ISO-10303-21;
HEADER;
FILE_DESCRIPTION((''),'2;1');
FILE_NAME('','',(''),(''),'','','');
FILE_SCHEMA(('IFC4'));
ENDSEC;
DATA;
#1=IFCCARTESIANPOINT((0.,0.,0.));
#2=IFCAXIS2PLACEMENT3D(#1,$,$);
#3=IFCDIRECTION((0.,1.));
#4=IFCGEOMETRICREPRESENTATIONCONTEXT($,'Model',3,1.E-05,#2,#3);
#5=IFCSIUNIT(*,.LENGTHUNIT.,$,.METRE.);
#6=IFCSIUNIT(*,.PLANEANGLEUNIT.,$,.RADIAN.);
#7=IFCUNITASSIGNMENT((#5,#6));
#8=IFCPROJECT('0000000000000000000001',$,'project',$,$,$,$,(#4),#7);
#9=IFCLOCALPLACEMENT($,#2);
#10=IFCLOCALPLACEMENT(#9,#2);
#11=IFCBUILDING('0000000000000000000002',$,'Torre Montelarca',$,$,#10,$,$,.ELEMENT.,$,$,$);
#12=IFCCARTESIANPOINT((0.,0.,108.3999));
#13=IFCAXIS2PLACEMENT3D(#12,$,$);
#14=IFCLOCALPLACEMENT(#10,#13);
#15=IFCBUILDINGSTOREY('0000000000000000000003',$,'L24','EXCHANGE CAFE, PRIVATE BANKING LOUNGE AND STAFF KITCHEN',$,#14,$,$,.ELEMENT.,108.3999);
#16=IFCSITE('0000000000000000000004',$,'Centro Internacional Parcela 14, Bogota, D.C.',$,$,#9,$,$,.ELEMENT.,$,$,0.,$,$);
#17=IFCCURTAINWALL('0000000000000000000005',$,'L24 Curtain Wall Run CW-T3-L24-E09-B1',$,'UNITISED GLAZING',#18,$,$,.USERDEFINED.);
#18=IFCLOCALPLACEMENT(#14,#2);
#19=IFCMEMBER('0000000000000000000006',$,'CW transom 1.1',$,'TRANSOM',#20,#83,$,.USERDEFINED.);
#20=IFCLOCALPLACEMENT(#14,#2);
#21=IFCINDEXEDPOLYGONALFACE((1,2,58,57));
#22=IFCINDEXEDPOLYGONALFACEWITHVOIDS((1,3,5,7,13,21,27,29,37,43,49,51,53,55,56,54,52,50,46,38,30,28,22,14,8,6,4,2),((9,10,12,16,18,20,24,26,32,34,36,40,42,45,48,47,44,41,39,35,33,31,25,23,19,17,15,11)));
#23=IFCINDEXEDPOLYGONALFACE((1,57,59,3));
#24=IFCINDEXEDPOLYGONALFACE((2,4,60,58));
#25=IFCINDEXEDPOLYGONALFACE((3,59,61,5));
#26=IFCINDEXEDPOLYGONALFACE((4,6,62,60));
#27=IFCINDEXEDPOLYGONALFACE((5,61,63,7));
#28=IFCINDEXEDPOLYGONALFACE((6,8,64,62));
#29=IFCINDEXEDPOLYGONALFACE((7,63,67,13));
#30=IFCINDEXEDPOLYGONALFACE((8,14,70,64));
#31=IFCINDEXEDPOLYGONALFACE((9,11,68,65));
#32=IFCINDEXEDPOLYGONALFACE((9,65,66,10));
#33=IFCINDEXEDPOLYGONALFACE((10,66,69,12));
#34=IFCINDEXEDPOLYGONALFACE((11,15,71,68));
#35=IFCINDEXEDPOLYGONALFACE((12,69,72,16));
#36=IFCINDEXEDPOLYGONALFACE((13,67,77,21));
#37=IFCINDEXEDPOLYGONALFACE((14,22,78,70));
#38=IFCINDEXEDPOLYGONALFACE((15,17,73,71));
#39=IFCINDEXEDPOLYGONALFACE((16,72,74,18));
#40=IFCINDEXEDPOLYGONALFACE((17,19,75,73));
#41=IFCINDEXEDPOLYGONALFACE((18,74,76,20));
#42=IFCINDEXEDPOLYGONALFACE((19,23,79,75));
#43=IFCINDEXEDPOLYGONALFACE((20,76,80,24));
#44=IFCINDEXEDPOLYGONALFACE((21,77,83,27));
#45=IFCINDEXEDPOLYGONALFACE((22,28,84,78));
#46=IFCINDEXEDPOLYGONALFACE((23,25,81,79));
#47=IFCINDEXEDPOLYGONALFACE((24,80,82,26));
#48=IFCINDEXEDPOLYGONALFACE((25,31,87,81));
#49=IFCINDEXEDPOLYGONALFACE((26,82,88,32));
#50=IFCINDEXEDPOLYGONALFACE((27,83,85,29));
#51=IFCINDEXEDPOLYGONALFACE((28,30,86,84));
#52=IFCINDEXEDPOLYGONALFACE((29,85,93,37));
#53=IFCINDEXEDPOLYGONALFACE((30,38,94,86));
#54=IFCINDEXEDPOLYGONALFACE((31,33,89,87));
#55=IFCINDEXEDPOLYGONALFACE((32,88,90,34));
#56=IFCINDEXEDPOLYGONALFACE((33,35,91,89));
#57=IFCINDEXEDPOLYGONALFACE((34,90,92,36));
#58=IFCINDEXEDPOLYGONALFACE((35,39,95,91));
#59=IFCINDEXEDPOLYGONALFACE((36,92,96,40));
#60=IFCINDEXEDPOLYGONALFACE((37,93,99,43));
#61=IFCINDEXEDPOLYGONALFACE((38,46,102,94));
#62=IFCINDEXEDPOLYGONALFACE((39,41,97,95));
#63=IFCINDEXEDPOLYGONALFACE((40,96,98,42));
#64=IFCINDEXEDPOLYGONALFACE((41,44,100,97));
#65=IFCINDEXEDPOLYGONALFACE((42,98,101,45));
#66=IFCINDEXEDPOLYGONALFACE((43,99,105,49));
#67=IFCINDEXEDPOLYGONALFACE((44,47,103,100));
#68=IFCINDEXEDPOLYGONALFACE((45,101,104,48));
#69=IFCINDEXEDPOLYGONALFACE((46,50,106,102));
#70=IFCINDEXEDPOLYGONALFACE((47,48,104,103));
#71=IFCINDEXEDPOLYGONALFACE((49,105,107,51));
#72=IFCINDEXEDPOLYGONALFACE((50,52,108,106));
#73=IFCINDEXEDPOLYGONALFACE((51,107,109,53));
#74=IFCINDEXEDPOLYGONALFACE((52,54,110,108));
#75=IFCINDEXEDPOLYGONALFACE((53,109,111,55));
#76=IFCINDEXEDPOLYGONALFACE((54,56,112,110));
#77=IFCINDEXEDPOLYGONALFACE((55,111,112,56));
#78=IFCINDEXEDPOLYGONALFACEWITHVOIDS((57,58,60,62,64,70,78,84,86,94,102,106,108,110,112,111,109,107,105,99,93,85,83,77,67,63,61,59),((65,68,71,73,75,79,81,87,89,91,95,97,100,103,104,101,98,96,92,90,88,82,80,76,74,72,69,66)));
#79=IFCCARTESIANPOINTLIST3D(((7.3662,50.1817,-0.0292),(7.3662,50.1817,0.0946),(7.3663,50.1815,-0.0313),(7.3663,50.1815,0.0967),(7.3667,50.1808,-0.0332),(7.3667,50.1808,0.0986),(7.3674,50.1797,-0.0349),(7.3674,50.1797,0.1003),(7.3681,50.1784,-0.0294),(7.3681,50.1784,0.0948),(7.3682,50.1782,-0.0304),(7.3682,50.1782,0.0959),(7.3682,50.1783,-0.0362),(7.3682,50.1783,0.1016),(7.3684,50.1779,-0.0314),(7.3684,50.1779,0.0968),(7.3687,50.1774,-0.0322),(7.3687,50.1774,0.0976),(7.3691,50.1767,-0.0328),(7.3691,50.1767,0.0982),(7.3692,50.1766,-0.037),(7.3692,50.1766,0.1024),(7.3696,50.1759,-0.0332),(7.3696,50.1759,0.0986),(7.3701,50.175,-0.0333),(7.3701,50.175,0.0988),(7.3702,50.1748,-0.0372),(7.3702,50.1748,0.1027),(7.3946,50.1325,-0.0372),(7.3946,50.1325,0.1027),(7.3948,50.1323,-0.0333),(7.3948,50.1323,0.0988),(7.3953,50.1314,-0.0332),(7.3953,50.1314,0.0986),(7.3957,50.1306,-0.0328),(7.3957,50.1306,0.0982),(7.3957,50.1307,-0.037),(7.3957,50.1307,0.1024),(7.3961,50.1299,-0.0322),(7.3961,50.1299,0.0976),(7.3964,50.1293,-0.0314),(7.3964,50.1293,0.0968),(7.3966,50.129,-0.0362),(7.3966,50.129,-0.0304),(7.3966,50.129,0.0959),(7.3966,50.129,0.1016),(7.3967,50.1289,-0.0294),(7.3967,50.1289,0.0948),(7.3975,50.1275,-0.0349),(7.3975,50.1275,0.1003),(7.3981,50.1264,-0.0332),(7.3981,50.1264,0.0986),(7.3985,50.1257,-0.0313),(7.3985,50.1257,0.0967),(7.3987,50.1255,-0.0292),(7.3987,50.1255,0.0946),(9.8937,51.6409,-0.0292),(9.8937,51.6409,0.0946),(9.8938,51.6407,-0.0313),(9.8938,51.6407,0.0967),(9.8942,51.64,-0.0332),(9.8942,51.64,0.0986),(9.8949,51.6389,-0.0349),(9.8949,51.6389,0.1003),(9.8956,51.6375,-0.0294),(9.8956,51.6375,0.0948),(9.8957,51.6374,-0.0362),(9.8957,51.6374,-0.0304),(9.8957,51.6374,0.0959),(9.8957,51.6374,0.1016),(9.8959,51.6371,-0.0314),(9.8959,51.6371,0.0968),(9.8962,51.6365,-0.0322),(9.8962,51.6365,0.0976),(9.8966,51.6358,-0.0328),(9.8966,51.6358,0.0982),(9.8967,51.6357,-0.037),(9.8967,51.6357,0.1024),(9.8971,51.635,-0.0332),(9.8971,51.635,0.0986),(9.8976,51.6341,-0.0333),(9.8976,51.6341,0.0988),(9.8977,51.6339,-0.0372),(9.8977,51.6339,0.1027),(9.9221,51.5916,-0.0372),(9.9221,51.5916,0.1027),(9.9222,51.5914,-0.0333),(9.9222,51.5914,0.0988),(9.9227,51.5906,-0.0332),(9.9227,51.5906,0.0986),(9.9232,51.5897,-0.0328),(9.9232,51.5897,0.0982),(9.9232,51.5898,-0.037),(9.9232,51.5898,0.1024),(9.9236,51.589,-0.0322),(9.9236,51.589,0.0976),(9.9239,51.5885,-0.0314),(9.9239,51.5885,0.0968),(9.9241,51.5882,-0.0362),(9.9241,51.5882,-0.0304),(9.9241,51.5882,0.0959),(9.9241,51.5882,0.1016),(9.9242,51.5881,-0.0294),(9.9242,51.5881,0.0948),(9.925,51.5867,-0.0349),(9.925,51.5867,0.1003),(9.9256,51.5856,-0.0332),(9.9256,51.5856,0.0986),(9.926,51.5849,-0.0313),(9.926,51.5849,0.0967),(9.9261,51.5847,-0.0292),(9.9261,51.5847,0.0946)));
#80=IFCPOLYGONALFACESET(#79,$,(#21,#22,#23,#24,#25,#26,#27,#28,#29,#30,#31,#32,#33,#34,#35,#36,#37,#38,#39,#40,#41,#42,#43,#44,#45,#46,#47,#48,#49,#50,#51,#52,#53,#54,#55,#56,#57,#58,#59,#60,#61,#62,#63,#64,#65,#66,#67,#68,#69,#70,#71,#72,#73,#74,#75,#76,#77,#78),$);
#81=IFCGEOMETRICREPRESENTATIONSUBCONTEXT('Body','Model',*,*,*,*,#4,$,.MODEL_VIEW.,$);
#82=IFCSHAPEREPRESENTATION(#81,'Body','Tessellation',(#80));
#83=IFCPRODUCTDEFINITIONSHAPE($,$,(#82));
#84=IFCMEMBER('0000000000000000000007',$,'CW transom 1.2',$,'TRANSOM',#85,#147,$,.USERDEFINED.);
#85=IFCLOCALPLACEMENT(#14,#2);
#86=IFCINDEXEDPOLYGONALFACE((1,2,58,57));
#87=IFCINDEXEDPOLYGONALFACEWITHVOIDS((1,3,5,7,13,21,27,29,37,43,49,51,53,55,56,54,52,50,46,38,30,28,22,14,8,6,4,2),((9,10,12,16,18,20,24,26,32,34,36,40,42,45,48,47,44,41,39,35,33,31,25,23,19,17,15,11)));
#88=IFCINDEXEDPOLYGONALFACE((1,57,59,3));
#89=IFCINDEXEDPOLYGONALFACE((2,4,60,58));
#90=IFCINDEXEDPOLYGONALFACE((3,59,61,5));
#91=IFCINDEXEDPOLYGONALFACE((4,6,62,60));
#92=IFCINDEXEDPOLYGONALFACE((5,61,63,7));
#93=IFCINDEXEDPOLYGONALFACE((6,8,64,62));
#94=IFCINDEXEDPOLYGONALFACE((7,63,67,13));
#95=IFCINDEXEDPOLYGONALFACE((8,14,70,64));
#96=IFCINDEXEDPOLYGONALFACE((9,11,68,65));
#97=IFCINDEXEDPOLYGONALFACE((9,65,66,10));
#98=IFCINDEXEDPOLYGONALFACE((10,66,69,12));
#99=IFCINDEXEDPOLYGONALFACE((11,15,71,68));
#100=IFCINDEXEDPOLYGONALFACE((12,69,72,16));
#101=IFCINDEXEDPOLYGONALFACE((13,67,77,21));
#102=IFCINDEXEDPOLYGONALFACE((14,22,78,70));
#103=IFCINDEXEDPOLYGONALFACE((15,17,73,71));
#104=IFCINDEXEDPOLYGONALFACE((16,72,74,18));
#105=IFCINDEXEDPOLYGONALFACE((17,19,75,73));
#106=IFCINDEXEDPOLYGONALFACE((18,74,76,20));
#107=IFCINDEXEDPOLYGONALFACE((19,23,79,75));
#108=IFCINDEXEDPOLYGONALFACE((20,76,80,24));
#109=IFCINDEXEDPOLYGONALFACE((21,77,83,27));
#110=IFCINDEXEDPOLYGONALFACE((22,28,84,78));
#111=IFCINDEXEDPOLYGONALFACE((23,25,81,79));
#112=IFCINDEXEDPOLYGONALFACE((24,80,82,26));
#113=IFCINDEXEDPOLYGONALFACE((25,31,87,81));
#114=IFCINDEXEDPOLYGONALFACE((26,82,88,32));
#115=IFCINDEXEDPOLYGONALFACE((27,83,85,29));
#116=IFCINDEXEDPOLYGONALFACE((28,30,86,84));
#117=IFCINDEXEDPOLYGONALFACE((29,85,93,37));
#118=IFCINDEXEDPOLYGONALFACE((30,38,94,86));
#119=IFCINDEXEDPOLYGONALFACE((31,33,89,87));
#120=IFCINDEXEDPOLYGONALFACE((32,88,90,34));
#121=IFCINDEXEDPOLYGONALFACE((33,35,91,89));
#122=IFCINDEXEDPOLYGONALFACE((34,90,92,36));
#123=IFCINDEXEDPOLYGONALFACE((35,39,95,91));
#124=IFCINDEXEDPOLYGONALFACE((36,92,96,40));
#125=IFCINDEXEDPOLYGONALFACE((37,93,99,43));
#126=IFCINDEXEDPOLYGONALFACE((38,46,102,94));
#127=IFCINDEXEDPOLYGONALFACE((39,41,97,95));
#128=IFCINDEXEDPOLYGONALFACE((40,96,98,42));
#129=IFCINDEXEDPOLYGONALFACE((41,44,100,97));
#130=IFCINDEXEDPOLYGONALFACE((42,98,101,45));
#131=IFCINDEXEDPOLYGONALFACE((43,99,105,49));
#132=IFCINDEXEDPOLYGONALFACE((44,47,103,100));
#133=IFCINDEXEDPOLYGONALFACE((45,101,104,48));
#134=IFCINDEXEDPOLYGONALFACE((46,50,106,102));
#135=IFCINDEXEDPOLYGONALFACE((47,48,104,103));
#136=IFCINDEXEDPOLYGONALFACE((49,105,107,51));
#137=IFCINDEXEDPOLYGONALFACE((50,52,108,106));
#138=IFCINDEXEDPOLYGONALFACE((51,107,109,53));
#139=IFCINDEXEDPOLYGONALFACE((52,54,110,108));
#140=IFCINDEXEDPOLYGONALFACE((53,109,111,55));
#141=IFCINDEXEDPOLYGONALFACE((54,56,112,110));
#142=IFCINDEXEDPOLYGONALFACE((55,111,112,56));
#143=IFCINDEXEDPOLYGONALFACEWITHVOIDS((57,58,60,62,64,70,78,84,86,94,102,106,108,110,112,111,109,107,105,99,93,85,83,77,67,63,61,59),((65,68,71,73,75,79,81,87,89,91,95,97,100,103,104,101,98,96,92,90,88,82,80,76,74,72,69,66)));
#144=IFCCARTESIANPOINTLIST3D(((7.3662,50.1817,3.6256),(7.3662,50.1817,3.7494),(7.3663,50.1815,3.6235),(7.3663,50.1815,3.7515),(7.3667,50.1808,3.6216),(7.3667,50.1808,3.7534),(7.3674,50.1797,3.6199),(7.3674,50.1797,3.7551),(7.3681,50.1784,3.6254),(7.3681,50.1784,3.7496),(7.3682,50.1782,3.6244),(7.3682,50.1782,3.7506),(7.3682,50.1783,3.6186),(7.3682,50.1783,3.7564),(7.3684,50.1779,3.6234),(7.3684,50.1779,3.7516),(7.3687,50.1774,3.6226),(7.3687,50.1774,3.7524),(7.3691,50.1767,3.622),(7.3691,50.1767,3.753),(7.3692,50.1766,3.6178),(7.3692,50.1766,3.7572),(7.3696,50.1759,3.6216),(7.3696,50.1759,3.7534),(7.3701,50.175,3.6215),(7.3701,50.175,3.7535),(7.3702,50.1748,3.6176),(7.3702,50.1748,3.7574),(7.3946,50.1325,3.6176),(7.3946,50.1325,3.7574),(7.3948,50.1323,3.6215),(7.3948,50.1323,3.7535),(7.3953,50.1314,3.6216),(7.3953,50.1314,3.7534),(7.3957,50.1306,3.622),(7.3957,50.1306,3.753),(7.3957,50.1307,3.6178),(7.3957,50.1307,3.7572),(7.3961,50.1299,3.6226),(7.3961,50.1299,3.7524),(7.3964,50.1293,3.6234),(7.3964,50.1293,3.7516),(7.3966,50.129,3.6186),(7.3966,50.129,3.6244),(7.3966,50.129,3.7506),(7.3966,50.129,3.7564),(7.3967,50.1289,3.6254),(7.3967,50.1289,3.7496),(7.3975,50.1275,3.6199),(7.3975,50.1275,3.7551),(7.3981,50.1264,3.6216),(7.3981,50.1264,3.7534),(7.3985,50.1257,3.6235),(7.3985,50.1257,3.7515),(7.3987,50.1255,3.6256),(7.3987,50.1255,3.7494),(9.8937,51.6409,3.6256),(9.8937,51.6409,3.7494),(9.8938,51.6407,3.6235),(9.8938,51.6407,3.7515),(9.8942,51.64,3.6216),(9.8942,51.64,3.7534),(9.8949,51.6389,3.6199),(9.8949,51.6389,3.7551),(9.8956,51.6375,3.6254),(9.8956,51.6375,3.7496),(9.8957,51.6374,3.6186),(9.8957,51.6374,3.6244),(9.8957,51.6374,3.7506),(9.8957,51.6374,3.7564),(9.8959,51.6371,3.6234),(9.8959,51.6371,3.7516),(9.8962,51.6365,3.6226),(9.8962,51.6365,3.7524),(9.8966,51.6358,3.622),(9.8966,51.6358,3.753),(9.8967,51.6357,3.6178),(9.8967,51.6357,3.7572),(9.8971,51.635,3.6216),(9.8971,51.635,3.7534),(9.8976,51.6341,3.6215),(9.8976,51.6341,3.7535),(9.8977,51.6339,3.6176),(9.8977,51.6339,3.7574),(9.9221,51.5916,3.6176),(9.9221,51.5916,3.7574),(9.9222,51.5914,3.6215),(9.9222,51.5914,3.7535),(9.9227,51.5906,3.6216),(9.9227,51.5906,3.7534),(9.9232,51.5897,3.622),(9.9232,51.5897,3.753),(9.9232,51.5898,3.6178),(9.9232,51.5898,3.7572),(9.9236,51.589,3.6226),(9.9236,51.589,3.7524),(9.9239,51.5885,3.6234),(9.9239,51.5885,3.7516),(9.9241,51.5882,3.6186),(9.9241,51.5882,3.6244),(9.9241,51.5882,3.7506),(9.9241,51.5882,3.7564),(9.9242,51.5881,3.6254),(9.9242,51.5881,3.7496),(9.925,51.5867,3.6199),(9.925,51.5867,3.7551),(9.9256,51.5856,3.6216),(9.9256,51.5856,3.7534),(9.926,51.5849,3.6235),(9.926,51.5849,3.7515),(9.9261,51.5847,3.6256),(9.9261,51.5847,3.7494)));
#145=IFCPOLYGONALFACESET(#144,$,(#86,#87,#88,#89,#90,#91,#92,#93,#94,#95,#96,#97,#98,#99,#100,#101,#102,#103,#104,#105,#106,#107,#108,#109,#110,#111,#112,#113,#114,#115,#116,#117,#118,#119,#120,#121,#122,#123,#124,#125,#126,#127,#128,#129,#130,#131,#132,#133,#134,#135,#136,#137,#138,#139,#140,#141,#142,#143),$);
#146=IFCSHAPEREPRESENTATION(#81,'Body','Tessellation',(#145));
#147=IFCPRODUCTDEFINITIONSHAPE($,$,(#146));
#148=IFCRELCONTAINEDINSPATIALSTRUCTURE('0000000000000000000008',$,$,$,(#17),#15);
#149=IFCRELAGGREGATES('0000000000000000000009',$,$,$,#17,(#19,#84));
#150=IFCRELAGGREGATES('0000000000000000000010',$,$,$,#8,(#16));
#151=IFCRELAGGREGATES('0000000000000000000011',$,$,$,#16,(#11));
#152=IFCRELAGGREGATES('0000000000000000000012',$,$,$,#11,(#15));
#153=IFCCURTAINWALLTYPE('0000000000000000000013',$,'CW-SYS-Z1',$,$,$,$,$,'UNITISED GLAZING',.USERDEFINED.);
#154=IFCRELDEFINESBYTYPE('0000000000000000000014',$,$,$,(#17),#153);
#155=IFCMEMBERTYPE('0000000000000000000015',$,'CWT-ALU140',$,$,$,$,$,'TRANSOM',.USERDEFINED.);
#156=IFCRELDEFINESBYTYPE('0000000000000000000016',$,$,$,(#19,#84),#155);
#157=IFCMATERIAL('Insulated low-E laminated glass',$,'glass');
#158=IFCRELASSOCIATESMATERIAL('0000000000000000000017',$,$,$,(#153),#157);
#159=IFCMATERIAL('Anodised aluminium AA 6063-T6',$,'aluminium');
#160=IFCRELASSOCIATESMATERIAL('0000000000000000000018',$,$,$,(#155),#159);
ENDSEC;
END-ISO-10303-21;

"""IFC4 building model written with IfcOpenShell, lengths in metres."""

from ifc_helpers import new_model, si_unit, direction, frame, origin, origin_2d, place, context, subcontext, project, spatial, hollow_rectangle, extrude, source, transform, mapped, material, material_profile, profile_set, type_object, element, aggregate, save


model = new_model("IFC4")

# Units and contexts
model_context = context("Model", 3, precision=1e-05, world=origin(), true_north=direction((0.0, 1.0)))
body_context = subcontext(model_context, "Body", "Model", "MODEL_VIEW")
ifc_project = project(units=[si_unit("LENGTHUNIT", "METRE"), si_unit("PLANEANGLEUNIT", "RADIAN")], contexts=[model_context])

# Site, building, storey
site_placement = place(None, origin())
site = spatial("IfcSite", under=ifc_project, at=site_placement, Name="Centro Internacional Parcela 14, Bogota, D.C.", CompositionType="ELEMENT", RefElevation=0.0)
building_placement = place(site_placement, origin())
building = spatial("IfcBuilding", under=site, at=building_placement, Name="Torre Montelarca", CompositionType="ELEMENT")
storey_placement = place(building_placement, frame((0.0, 0.0, 108.3999)))
storey = spatial("IfcBuildingStorey", under=building, at=storey_placement, Name="L24", Description="EXCHANGE CAFE, PRIVATE BANKING LOUNGE AND STAFF KITCHEN", CompositionType="ELEMENT", Elevation=108.3999)

# Curtain wall, members
ifc_material_1 = material(Name="Insulated low-E laminated glass", Category="glass")
curtain_wall_type = type_object("IfcCurtainWallType", Name="CW-SYS-Z1", ElementType="UNITISED GLAZING", PredefinedType="USERDEFINED", material=ifc_material_1)
curtain_wall_1_placement = place(storey_placement, origin())
curtain_wall_1 = element("IfcCurtainWall", 1, at=curtain_wall_1_placement, inside=storey, type_object=curtain_wall_type, Name="L24 Curtain Wall Run CW-T3-L24-E09-B1", ObjectType="UNITISED GLAZING", PredefinedType="USERDEFINED")
ifc_material_2 = material(Name="Anodised aluminium AA 6063-T6", Category="aluminium")
ifc_material_profile_1 = material_profile(ifc_material_2, hollow_rectangle(XDim=0.0649, YDim=0.1399, WallThickness=0.0039, InnerFilletRadius=0.0039, OuterFilletRadius=0.0081, at=origin_2d()), Name="ALU65X140X4", Category="aluminium")
ifc_profile_set_1 = profile_set([ifc_material_profile_1], Name="Anodised aluminium AA 6063-T6")
member_type_1 = type_object("IfcMemberType", Name="CWT-ALU140", ElementType="TRANSOM", PredefinedType="USERDEFINED", material=ifc_profile_set_1)
shared_shape_1 = source(origin(), body_context, "Body", "SweptSolid", [
    extrude(hollow_rectangle(XDim=0.0649, YDim=0.1399, WallThickness=0.0039, InnerFilletRadius=0.0039, OuterFilletRadius=0.0081, at=origin_2d()), origin(), (0.0, 0.0, 1.0), 2.9185),
])
member_1_placement = place(storey_placement, frame((9.9099, 51.6128, 0.0327), z_axis=(-0.866037, -0.499981, 0.0), x_axis=(0.499981, -0.866037, 0.0)))
member_1 = element("IfcMember", 2, at=member_1_placement, type_object=member_type_1, Name="CW transom 1.1", ObjectType="TRANSOM", PredefinedType="USERDEFINED", context=body_context, shape_type="MappedRepresentation", body=[
    mapped(shared_shape_1, transform((0.0, 0.0, 0.0), scale=1.0)),
])
member_2_placement = place(storey_placement, frame((9.9099, 51.6128, 3.6875), z_axis=(-0.866037, -0.499981, 0.0), x_axis=(0.499981, -0.866037, 0.0)))
member_2 = element("IfcMember", 3, at=member_2_placement, type_object=member_type_1, Name="CW transom 1.2", ObjectType="TRANSOM", PredefinedType="USERDEFINED", context=body_context, shape_type="MappedRepresentation", body=[
    mapped(shared_shape_1, transform((0.0, 0.0, 0.0), scale=1.0)),
])

aggregate(curtain_wall_1, [member_1, member_2])

save(model, "model.ifc")
